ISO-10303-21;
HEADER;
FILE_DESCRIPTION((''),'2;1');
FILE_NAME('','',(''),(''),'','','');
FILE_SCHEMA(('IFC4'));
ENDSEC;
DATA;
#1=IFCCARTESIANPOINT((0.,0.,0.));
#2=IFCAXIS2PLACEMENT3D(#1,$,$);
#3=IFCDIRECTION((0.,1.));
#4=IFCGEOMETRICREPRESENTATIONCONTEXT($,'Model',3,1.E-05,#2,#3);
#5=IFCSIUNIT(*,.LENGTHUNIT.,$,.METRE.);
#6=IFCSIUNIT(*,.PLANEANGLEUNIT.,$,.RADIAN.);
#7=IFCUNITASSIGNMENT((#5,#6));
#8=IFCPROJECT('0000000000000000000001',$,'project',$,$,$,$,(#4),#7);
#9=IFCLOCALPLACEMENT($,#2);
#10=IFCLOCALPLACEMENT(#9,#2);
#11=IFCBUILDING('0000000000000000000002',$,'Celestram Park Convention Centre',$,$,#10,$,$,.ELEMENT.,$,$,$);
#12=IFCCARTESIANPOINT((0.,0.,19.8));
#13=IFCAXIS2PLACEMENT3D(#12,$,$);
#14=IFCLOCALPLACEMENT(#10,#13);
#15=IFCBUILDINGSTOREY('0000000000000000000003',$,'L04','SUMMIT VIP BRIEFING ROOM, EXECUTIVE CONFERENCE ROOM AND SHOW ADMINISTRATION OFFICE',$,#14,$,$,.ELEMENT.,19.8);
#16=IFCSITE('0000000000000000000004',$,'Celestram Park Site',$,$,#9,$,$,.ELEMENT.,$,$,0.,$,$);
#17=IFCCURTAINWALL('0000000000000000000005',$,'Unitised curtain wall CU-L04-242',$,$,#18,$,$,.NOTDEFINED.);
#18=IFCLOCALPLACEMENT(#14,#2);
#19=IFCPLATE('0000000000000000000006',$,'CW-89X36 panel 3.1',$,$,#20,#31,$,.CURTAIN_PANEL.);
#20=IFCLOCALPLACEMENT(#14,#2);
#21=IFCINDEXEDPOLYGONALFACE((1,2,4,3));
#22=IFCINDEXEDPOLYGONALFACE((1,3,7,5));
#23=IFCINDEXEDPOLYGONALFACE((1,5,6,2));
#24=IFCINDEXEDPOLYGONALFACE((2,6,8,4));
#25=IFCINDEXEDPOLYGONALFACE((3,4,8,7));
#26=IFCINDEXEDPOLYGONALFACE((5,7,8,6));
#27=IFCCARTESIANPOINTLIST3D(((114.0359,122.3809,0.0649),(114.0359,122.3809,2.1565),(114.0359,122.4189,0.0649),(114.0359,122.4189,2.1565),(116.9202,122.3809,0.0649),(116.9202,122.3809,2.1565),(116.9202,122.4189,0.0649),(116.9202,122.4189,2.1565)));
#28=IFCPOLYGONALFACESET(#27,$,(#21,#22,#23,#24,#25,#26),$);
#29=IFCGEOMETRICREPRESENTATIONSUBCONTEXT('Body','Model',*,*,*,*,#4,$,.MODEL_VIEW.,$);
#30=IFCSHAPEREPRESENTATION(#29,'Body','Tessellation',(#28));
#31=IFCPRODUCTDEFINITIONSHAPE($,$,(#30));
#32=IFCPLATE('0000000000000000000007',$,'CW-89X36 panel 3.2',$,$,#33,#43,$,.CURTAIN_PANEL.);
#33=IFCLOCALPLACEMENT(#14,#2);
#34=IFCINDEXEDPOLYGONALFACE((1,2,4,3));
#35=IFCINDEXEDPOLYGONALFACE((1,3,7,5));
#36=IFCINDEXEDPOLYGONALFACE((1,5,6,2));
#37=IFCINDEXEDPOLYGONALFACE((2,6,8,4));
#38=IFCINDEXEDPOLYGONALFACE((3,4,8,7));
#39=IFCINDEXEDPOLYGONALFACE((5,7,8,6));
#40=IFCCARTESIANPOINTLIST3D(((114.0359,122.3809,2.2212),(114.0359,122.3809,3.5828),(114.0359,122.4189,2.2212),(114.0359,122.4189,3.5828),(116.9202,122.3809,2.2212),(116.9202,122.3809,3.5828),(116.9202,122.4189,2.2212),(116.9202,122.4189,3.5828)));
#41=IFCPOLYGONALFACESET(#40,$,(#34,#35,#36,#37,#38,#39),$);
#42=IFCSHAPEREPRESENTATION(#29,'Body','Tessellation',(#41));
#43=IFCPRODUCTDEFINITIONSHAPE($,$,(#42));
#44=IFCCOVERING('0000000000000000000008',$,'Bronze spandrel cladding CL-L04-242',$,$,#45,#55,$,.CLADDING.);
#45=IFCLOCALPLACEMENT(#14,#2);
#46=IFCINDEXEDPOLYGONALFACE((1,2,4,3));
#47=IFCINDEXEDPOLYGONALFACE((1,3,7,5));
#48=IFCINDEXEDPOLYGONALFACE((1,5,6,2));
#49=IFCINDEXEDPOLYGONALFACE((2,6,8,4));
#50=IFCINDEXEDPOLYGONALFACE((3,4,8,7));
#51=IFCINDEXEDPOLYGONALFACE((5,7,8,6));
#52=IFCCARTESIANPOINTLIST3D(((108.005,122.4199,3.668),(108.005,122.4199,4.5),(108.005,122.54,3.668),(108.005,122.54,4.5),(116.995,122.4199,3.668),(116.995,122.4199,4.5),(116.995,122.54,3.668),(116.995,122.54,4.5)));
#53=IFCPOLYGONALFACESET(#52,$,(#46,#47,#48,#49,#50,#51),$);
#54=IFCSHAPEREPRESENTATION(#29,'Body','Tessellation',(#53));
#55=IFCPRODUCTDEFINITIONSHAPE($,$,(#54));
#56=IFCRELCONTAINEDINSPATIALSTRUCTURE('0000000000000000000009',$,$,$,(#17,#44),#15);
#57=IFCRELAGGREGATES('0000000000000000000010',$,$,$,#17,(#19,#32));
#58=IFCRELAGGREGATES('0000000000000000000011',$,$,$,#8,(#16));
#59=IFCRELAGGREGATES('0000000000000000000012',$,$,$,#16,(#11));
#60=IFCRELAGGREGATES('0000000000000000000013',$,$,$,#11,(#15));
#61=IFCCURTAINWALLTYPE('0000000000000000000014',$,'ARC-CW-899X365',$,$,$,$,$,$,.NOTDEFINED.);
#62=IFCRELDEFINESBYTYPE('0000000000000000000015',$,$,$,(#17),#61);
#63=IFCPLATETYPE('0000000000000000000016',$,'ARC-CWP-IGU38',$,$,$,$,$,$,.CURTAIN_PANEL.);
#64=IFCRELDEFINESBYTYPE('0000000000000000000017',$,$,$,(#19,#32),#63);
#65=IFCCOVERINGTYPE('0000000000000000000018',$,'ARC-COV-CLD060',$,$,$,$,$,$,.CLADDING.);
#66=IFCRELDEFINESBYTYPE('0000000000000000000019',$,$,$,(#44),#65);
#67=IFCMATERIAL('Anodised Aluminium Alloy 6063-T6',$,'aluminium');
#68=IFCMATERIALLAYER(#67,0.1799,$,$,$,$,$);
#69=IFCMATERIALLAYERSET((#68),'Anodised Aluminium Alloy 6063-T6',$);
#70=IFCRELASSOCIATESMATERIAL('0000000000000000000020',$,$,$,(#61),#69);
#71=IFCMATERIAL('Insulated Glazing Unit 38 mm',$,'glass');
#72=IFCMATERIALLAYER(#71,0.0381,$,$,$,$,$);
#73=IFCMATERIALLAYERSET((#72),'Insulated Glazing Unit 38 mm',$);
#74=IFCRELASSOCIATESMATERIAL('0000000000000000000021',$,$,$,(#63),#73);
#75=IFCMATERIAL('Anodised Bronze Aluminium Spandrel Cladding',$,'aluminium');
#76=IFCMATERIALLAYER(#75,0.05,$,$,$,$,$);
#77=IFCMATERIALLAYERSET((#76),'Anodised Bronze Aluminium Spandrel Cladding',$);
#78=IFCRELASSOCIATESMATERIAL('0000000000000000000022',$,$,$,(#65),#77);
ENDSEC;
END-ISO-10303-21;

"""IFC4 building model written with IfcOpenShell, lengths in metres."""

from ifc_helpers import new_model, si_unit, direction, frame, origin, origin_2d, place, context, subcontext, project, spatial, rectangle, extrude, material, layer, layer_set, type_object, element, aggregate, save


model = new_model("IFC4")

# Units and contexts
model_context = context("Model", 3, precision=1e-05, world=origin(), true_north=direction((0.0, 1.0)))
body_context = subcontext(model_context, "Body", "Model", "MODEL_VIEW")
ifc_project = project(units=[si_unit("LENGTHUNIT", "METRE"), si_unit("PLANEANGLEUNIT", "RADIAN")], contexts=[model_context])

# Site, building, storey
site_placement = place(None, origin())
site = spatial("IfcSite", under=ifc_project, at=site_placement, Name="Celestram Park Site", CompositionType="ELEMENT", RefElevation=0.0)
building_placement = place(site_placement, origin())
building = spatial("IfcBuilding", under=site, at=building_placement, Name="Celestram Park Convention Centre", CompositionType="ELEMENT")
storey_placement = place(building_placement, frame((0.0, 0.0, 19.8)))
storey = spatial("IfcBuildingStorey", under=building, at=storey_placement, Name="L04", Description="SUMMIT VIP BRIEFING ROOM, EXECUTIVE CONFERENCE ROOM AND SHOW ADMINISTRATION OFFICE", CompositionType="ELEMENT", Elevation=19.8)

# Curtain wall
ifc_material_1 = material(Name="Anodised Aluminium Alloy 6063-T6", Category="aluminium")
ifc_layer_1 = layer(ifc_material_1, 0.1799)
ifc_layer_set_1 = layer_set([ifc_layer_1], Name="Anodised Aluminium Alloy 6063-T6")
curtain_wall_type = type_object("IfcCurtainWallType", Name="ARC-CW-899X365", PredefinedType="NOTDEFINED", material=ifc_layer_set_1)
curtain_wall_placement = place(storey_placement, origin())
curtain_wall = element("IfcCurtainWall", 1, at=curtain_wall_placement, inside=storey, type_object=curtain_wall_type, Name="Unitised curtain wall CU-L04-242", PredefinedType="NOTDEFINED")

# Plates
ifc_material_2 = material(Name="Insulated Glazing Unit 38 mm", Category="glass")
ifc_layer_2 = layer(ifc_material_2, 0.0381)
ifc_layer_set_2 = layer_set([ifc_layer_2], Name="Insulated Glazing Unit 38 mm")
plate_type = type_object("IfcPlateType", Name="ARC-CWP-IGU38", PredefinedType="CURTAIN_PANEL", material=ifc_layer_set_2)
plate_1_placement = place(storey_placement, frame((115.478, 122.3999, 0.0649), z_axis=(0.0, 0.0, 1.0), x_axis=(1.0, 0.0, 0.0)))
plate_1 = element("IfcPlate", 2, at=plate_1_placement, type_object=plate_type, Name="CW-89X36 panel 3.1", PredefinedType="CURTAIN_PANEL", context=body_context, shape_type="SweptSolid", body=[
    extrude(rectangle(XDim=2.8843, YDim=0.0381, at=origin_2d()), origin(), (0.0, 0.0, 1.0), 2.0916),
])
plate_2_placement = place(storey_placement, frame((115.478, 122.3999, 2.2212), z_axis=(0.0, 0.0, 1.0), x_axis=(1.0, 0.0, 0.0)))
plate_2 = element("IfcPlate", 3, at=plate_2_placement, type_object=plate_type, Name="CW-89X36 panel 3.2", PredefinedType="CURTAIN_PANEL", context=body_context, shape_type="SweptSolid", body=[
    extrude(rectangle(XDim=2.8843, YDim=0.0381, at=origin_2d()), origin(), (0.0, 0.0, 1.0), 1.3616),
])
aggregate(curtain_wall, [plate_1, plate_2])

# Covering
ifc_material_3 = material(Name="Anodised Bronze Aluminium Spandrel Cladding", Category="aluminium")
ifc_layer_3 = layer(ifc_material_3, 0.05)
ifc_layer_set_3 = layer_set([ifc_layer_3], Name="Anodised Bronze Aluminium Spandrel Cladding")
covering_type = type_object("IfcCoveringType", Name="ARC-COV-CLD060", PredefinedType="CLADDING", material=ifc_layer_set_3)
covering_placement = place(storey_placement, frame((112.5, 122.48, 3.668), z_axis=(0.0, 0.0, 1.0), x_axis=(1.0, 0.0, 0.0)))
element("IfcCovering", 4, at=covering_placement, inside=storey, type_object=covering_type, Name="Bronze spandrel cladding CL-L04-242", PredefinedType="CLADDING", context=body_context, shape_type="SweptSolid", body=[
    extrude(rectangle(XDim=8.99, YDim=0.1201, at=origin_2d()), origin(), (0.0, 0.0, 1.0), 0.832),
])

save(model, "model.ifc")
